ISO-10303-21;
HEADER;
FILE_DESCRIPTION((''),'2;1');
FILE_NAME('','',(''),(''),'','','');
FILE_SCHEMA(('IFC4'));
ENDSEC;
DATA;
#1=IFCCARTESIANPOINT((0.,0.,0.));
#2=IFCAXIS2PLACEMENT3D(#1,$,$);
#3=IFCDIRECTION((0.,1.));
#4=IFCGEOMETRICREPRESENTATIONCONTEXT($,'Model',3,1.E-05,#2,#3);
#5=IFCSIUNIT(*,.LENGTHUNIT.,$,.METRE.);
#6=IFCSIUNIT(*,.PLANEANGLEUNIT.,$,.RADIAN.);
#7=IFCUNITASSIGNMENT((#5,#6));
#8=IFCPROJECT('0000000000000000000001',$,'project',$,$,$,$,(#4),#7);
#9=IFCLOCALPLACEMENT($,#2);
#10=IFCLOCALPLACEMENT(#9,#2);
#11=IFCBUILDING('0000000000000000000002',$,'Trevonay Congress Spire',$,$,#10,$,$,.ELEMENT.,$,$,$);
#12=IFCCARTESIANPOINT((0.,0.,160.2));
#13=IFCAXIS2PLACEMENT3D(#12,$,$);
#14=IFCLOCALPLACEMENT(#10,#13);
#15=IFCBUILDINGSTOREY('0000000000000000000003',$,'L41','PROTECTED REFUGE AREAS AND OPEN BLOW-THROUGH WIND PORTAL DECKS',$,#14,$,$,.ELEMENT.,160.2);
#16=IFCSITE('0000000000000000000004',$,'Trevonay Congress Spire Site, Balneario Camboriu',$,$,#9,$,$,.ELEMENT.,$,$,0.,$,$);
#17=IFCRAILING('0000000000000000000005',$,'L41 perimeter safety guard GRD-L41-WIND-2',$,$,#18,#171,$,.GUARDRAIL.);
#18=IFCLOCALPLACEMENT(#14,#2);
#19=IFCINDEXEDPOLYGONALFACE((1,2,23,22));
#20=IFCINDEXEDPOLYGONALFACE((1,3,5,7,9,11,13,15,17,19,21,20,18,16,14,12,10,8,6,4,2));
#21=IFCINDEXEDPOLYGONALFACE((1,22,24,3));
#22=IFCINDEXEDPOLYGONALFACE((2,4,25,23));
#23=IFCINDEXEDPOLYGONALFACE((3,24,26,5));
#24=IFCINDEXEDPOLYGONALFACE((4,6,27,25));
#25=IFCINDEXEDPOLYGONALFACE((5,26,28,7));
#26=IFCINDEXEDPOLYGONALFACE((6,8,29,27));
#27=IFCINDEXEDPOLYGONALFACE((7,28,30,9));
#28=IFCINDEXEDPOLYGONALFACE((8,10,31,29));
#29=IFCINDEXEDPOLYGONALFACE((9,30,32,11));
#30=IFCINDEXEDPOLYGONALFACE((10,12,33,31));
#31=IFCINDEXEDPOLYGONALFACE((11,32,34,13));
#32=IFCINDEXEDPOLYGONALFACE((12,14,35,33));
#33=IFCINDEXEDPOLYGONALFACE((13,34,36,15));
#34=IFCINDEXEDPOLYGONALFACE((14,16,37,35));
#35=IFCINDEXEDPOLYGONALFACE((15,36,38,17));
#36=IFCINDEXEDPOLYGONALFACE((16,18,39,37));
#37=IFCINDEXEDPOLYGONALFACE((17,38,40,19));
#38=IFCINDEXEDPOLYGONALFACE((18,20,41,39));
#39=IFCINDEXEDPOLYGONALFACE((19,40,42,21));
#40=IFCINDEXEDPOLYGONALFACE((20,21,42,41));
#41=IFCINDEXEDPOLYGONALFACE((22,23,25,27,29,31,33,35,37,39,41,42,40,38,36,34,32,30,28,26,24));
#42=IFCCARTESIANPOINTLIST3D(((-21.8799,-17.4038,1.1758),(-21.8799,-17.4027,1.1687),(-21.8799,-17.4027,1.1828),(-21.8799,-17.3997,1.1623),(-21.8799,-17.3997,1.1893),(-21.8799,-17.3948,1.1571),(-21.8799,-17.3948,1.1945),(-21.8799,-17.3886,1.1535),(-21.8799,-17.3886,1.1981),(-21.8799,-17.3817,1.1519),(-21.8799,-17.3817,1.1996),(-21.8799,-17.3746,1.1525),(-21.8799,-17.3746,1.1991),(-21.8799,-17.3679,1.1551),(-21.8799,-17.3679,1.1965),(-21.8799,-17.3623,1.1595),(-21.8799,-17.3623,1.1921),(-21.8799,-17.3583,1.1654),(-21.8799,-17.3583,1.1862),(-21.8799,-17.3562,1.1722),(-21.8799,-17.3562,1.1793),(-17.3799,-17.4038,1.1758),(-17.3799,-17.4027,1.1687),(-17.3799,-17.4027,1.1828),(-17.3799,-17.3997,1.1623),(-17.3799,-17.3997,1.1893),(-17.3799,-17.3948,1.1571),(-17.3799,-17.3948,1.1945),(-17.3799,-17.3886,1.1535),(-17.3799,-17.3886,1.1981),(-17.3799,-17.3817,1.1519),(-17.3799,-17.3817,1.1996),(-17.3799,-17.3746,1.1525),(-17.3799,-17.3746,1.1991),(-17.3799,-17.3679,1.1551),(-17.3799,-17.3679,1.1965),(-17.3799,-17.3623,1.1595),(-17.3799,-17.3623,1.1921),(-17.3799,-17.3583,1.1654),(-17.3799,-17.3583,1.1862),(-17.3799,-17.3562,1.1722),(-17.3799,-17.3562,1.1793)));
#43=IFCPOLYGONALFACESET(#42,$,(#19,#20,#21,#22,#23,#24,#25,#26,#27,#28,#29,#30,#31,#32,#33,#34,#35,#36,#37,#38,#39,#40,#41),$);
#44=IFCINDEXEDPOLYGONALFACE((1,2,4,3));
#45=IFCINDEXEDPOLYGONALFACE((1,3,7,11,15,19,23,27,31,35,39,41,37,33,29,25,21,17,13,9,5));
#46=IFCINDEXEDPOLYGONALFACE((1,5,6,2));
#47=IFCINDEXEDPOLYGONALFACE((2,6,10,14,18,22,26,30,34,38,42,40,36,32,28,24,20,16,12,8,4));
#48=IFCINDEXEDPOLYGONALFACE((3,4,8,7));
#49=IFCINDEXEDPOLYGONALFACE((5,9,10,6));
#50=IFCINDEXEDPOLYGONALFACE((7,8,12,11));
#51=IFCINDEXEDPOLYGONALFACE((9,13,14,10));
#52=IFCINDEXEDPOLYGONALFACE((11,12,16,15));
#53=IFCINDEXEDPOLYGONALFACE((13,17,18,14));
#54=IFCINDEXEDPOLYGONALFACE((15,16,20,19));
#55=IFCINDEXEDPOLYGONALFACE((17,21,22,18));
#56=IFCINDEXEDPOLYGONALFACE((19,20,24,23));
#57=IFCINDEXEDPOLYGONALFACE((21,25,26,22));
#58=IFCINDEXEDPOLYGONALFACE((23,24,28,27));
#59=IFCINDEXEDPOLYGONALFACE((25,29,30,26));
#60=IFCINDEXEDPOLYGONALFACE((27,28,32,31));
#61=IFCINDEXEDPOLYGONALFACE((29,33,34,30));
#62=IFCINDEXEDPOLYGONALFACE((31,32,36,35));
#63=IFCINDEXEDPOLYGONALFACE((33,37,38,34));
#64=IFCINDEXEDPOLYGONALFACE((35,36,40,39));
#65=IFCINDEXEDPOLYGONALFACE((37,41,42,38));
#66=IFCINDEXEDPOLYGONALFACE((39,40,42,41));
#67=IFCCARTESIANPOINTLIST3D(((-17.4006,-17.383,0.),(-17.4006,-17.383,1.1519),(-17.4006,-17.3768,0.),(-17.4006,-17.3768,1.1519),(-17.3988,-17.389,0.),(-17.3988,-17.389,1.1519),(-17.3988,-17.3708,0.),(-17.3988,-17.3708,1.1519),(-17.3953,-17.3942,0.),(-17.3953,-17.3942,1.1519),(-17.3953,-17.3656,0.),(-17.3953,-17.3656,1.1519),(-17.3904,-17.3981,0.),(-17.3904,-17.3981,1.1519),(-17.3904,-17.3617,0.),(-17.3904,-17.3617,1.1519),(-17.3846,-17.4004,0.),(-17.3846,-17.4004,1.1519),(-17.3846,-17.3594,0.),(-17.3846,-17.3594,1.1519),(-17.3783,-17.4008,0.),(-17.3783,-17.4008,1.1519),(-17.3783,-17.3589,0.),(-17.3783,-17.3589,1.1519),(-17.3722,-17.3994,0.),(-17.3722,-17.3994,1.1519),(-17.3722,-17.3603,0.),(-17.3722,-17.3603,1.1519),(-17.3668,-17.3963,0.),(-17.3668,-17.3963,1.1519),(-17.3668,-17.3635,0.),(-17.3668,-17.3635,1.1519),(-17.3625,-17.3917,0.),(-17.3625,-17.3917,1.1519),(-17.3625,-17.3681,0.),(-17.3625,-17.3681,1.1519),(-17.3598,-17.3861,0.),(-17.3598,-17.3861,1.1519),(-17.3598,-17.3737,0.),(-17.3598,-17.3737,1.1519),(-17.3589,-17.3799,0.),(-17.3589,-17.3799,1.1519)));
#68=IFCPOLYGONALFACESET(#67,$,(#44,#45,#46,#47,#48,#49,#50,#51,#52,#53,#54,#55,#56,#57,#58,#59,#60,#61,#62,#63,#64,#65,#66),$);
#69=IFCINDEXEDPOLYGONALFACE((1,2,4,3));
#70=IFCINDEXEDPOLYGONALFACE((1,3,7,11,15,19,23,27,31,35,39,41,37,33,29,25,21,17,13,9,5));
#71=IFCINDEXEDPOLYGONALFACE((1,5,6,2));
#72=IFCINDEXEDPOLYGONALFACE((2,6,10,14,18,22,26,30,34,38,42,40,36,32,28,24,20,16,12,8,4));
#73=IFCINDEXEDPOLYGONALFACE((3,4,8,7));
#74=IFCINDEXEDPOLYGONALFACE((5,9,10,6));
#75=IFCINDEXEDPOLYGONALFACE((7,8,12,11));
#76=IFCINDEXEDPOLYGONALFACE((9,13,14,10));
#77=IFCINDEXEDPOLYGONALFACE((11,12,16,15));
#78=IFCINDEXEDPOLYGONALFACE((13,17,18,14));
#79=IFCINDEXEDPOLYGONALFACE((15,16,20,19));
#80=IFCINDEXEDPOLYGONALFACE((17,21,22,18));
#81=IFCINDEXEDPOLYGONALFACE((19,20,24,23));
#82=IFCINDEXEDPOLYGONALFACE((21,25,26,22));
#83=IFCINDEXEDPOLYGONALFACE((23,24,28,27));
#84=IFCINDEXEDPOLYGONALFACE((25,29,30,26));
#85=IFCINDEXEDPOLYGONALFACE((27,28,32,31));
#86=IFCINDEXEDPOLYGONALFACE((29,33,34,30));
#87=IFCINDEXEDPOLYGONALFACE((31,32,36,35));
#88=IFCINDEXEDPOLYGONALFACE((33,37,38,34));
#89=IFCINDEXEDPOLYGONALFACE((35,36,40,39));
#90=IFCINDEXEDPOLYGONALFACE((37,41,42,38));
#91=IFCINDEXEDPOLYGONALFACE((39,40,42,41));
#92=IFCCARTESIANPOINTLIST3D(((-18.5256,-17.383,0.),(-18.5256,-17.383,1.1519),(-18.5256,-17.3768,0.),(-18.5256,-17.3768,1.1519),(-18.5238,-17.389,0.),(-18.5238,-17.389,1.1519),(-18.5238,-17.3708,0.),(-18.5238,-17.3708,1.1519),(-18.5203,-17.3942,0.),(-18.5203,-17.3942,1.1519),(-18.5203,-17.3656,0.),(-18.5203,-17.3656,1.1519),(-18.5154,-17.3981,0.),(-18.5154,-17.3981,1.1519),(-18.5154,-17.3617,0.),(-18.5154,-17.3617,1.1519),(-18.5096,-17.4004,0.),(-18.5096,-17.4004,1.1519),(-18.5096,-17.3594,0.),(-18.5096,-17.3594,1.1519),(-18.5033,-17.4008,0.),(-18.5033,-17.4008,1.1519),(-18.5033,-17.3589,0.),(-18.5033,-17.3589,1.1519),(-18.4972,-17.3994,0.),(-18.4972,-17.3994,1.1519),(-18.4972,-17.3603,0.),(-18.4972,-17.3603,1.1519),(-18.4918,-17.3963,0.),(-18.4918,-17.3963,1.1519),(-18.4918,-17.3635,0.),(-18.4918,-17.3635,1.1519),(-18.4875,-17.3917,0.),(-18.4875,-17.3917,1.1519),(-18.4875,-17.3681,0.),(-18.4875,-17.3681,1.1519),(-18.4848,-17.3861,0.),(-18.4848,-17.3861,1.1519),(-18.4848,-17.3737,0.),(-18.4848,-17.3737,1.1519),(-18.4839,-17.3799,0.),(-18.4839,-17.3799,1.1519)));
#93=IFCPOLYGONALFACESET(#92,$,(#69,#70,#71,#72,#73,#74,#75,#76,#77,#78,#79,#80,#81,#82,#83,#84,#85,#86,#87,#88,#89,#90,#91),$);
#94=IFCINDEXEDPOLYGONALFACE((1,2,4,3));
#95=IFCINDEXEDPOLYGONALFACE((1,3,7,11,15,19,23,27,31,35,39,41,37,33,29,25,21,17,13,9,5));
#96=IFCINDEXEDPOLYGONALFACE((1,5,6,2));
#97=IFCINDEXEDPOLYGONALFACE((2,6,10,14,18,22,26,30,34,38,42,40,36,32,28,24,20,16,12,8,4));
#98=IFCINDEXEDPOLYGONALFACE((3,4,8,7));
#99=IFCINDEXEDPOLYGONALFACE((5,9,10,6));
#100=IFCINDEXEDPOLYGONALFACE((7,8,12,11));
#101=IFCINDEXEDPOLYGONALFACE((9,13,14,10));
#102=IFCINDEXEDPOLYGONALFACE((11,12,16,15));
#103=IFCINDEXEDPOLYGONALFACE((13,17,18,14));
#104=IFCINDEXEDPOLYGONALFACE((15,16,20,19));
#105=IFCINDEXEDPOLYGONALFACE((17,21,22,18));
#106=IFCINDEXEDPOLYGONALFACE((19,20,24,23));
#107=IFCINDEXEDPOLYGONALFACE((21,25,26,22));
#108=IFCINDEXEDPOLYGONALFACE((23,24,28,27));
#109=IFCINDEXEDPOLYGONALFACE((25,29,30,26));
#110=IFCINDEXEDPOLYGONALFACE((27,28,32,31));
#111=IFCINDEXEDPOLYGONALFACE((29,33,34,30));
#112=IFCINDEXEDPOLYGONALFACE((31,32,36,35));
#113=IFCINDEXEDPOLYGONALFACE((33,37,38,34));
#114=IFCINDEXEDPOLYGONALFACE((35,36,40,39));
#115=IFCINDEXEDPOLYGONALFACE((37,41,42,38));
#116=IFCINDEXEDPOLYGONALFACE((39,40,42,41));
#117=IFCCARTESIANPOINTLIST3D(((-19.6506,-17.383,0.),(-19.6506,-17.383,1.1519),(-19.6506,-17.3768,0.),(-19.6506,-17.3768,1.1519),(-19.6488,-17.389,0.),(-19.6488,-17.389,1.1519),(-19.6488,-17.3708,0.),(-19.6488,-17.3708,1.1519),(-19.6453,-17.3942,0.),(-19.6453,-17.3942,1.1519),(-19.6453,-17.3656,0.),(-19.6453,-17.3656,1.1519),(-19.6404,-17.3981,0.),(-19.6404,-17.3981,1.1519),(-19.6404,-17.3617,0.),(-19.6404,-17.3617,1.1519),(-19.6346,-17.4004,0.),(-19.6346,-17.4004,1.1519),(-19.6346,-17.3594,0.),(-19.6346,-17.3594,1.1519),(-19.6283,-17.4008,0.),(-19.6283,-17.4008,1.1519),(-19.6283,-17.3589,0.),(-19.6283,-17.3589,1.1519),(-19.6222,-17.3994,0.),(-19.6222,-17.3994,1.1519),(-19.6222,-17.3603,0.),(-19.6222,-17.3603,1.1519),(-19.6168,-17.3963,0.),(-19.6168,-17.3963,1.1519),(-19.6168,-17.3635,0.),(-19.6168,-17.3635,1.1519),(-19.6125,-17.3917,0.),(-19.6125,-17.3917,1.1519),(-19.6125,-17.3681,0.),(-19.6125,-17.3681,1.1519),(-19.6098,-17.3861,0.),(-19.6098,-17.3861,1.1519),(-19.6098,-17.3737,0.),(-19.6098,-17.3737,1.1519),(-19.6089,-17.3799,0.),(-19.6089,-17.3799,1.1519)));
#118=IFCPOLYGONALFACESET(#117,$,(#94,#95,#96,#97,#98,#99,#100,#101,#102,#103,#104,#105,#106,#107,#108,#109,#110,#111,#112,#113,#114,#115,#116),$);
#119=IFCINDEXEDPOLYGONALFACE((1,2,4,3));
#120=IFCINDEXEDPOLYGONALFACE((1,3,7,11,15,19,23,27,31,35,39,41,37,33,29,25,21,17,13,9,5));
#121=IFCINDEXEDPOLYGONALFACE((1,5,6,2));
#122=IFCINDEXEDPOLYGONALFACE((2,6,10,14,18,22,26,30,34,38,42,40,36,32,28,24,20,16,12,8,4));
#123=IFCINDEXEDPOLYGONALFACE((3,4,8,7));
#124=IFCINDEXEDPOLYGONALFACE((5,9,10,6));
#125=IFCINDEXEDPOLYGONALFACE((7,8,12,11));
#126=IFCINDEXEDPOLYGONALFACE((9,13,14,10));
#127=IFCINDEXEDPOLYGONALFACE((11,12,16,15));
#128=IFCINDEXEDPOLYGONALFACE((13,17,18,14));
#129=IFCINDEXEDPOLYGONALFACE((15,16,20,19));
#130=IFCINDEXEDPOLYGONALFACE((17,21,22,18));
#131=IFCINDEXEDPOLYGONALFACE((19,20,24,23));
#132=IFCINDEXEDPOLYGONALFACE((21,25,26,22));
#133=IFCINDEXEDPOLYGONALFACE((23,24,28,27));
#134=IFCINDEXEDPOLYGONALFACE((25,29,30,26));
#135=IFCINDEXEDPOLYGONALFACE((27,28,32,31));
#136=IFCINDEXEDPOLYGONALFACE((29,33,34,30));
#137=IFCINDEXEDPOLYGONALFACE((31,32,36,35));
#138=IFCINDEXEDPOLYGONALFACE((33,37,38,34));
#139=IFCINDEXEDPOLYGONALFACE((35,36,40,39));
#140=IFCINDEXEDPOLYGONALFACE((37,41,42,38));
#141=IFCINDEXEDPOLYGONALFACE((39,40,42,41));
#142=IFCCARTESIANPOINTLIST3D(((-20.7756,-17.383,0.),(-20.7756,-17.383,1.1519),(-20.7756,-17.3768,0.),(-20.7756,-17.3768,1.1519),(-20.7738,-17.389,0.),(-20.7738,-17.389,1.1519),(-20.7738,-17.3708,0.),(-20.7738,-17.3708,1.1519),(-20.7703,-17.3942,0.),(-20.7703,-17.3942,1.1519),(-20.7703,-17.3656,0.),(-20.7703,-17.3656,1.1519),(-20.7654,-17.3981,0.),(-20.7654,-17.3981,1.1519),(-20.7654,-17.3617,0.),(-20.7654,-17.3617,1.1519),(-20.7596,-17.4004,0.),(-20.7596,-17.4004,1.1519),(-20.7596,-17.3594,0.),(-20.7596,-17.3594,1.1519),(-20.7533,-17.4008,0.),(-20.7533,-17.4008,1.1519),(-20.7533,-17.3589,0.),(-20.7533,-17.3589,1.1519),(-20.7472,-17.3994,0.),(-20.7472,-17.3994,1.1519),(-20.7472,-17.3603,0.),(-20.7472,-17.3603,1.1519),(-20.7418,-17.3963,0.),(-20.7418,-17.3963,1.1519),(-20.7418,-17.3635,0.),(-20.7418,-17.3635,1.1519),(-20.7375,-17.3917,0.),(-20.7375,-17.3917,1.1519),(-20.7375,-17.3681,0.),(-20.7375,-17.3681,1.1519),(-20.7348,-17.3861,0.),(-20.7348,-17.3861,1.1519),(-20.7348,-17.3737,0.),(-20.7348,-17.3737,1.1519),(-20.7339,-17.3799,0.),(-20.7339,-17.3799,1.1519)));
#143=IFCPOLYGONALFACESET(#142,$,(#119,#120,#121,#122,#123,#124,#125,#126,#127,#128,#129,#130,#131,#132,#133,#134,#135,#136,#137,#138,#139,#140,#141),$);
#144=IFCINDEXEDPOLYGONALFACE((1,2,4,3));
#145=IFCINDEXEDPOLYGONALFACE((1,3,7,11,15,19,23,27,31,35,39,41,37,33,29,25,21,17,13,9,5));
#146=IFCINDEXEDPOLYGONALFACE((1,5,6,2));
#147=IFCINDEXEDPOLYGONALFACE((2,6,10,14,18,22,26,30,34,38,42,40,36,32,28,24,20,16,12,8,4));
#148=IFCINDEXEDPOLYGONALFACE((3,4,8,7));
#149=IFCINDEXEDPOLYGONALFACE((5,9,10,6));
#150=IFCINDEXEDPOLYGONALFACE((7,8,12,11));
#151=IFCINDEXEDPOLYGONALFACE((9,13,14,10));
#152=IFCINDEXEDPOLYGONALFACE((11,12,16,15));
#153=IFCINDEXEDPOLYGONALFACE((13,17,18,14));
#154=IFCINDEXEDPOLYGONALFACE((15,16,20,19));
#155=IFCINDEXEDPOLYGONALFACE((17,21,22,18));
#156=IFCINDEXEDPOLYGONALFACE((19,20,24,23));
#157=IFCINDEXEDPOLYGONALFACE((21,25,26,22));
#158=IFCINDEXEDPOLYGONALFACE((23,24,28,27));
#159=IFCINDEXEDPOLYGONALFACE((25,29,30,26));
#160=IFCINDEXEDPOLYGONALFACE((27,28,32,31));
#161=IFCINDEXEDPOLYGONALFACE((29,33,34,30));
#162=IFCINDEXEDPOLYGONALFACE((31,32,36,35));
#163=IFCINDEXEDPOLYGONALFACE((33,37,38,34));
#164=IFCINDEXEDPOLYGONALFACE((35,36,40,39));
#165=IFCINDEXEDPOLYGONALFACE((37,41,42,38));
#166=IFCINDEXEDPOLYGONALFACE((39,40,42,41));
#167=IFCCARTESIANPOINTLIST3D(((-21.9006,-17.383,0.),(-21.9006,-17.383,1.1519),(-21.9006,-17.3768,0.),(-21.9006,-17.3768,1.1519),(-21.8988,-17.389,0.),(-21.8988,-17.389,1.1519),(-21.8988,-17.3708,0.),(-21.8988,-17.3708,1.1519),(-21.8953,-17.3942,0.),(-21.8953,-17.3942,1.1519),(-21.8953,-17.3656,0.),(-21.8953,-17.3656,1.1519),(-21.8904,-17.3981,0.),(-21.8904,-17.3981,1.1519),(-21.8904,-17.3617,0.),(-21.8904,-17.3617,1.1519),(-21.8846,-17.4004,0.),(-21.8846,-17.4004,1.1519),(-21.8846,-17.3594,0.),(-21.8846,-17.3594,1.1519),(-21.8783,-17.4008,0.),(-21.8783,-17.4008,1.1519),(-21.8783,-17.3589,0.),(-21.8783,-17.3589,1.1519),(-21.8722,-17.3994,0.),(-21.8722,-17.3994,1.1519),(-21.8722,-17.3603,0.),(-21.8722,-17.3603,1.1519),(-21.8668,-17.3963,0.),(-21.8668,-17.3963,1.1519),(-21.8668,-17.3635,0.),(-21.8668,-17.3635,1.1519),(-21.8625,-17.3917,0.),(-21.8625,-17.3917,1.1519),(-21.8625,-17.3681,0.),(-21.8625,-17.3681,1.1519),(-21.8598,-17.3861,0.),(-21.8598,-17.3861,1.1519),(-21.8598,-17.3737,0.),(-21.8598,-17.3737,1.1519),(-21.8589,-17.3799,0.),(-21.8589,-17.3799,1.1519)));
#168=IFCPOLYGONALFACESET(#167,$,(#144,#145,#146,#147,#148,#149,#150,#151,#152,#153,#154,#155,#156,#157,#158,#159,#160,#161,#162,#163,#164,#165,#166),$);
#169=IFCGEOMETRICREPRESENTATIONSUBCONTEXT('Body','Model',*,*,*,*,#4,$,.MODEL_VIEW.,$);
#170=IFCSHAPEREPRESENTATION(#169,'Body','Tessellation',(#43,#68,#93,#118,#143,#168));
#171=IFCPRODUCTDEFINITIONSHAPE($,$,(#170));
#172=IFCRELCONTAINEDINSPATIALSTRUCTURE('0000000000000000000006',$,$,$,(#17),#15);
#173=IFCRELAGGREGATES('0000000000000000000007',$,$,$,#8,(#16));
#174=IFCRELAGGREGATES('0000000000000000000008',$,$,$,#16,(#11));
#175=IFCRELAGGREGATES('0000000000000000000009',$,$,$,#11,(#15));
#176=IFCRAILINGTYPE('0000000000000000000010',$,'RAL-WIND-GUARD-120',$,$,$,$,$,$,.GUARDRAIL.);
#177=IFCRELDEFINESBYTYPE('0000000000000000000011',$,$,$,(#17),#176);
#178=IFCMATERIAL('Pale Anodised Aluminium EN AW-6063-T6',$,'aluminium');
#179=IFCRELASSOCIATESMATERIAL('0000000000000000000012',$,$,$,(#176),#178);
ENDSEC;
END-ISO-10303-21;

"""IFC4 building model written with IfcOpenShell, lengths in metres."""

from ifc_helpers import new_model, si_unit, direction, frame, origin, origin_2d, place, context, subcontext, project, spatial, circle, extrude, material, type_object, element, save


model = new_model("IFC4")

# Units and contexts
model_context = context("Model", 3, precision=1e-05, world=origin(), true_north=direction((0.0, 1.0)))
body_context = subcontext(model_context, "Body", "Model", "MODEL_VIEW")
ifc_project = project(units=[si_unit("LENGTHUNIT", "METRE"), si_unit("PLANEANGLEUNIT", "RADIAN")], contexts=[model_context])

# Site, building, storey
site_placement = place(None, origin())
site = spatial("IfcSite", under=ifc_project, at=site_placement, Name="Trevonay Congress Spire Site, Balneario Camboriu", CompositionType="ELEMENT", RefElevation=0.0)
building_placement = place(site_placement, origin())
building = spatial("IfcBuilding", under=site, at=building_placement, Name="Trevonay Congress Spire", CompositionType="ELEMENT")
storey_placement = place(building_placement, frame((0.0, 0.0, 160.2)))
storey = spatial("IfcBuildingStorey", under=building, at=storey_placement, Name="L41", Description="PROTECTED REFUGE AREAS AND OPEN BLOW-THROUGH WIND PORTAL DECKS", CompositionType="ELEMENT", Elevation=160.2)

# Railing
ifc_material_1 = material(Name="Pale Anodised Aluminium EN AW-6063-T6", Category="aluminium")
railing_type = type_object("IfcRailingType", Name="RAL-WIND-GUARD-120", PredefinedType="GUARDRAIL", material=ifc_material_1)
railing_1_placement = place(storey_placement, frame((-17.3799, -17.3799, 0.0)))
element("IfcRailing", 1, at=railing_1_placement, inside=storey, type_object=railing_type, Name="L41 perimeter safety guard GRD-L41-WIND-2", PredefinedType="GUARDRAIL", context=body_context, shape_type="SweptSolid", body=[
    extrude(circle(Radius=0.0239, at=origin_2d()), frame((0.0, 0.0, 1.1758), z_axis=(-1.0, 0.0, 0.0), x_axis=(0.0, -1.0, 0.0)), (0.0, 0.0, 1.0), 4.5),
    extrude(circle(Radius=0.021, at=origin_2d()), origin(), (0.0, 0.0, 1.0), 1.1519),
    extrude(circle(Radius=0.021, at=origin_2d()), frame((-1.125, 0.0, 0.0)), (0.0, 0.0, 1.0), 1.1519),
    extrude(circle(Radius=0.021, at=origin_2d()), frame((-2.25, 0.0, 0.0)), (0.0, 0.0, 1.0), 1.1519),
    extrude(circle(Radius=0.021, at=origin_2d()), frame((-3.375, 0.0, 0.0)), (0.0, 0.0, 1.0), 1.1519),
    extrude(circle(Radius=0.021, at=origin_2d()), frame((-4.5, 0.0, 0.0)), (0.0, 0.0, 1.0), 1.1519),
])

save(model, "model.ifc")
